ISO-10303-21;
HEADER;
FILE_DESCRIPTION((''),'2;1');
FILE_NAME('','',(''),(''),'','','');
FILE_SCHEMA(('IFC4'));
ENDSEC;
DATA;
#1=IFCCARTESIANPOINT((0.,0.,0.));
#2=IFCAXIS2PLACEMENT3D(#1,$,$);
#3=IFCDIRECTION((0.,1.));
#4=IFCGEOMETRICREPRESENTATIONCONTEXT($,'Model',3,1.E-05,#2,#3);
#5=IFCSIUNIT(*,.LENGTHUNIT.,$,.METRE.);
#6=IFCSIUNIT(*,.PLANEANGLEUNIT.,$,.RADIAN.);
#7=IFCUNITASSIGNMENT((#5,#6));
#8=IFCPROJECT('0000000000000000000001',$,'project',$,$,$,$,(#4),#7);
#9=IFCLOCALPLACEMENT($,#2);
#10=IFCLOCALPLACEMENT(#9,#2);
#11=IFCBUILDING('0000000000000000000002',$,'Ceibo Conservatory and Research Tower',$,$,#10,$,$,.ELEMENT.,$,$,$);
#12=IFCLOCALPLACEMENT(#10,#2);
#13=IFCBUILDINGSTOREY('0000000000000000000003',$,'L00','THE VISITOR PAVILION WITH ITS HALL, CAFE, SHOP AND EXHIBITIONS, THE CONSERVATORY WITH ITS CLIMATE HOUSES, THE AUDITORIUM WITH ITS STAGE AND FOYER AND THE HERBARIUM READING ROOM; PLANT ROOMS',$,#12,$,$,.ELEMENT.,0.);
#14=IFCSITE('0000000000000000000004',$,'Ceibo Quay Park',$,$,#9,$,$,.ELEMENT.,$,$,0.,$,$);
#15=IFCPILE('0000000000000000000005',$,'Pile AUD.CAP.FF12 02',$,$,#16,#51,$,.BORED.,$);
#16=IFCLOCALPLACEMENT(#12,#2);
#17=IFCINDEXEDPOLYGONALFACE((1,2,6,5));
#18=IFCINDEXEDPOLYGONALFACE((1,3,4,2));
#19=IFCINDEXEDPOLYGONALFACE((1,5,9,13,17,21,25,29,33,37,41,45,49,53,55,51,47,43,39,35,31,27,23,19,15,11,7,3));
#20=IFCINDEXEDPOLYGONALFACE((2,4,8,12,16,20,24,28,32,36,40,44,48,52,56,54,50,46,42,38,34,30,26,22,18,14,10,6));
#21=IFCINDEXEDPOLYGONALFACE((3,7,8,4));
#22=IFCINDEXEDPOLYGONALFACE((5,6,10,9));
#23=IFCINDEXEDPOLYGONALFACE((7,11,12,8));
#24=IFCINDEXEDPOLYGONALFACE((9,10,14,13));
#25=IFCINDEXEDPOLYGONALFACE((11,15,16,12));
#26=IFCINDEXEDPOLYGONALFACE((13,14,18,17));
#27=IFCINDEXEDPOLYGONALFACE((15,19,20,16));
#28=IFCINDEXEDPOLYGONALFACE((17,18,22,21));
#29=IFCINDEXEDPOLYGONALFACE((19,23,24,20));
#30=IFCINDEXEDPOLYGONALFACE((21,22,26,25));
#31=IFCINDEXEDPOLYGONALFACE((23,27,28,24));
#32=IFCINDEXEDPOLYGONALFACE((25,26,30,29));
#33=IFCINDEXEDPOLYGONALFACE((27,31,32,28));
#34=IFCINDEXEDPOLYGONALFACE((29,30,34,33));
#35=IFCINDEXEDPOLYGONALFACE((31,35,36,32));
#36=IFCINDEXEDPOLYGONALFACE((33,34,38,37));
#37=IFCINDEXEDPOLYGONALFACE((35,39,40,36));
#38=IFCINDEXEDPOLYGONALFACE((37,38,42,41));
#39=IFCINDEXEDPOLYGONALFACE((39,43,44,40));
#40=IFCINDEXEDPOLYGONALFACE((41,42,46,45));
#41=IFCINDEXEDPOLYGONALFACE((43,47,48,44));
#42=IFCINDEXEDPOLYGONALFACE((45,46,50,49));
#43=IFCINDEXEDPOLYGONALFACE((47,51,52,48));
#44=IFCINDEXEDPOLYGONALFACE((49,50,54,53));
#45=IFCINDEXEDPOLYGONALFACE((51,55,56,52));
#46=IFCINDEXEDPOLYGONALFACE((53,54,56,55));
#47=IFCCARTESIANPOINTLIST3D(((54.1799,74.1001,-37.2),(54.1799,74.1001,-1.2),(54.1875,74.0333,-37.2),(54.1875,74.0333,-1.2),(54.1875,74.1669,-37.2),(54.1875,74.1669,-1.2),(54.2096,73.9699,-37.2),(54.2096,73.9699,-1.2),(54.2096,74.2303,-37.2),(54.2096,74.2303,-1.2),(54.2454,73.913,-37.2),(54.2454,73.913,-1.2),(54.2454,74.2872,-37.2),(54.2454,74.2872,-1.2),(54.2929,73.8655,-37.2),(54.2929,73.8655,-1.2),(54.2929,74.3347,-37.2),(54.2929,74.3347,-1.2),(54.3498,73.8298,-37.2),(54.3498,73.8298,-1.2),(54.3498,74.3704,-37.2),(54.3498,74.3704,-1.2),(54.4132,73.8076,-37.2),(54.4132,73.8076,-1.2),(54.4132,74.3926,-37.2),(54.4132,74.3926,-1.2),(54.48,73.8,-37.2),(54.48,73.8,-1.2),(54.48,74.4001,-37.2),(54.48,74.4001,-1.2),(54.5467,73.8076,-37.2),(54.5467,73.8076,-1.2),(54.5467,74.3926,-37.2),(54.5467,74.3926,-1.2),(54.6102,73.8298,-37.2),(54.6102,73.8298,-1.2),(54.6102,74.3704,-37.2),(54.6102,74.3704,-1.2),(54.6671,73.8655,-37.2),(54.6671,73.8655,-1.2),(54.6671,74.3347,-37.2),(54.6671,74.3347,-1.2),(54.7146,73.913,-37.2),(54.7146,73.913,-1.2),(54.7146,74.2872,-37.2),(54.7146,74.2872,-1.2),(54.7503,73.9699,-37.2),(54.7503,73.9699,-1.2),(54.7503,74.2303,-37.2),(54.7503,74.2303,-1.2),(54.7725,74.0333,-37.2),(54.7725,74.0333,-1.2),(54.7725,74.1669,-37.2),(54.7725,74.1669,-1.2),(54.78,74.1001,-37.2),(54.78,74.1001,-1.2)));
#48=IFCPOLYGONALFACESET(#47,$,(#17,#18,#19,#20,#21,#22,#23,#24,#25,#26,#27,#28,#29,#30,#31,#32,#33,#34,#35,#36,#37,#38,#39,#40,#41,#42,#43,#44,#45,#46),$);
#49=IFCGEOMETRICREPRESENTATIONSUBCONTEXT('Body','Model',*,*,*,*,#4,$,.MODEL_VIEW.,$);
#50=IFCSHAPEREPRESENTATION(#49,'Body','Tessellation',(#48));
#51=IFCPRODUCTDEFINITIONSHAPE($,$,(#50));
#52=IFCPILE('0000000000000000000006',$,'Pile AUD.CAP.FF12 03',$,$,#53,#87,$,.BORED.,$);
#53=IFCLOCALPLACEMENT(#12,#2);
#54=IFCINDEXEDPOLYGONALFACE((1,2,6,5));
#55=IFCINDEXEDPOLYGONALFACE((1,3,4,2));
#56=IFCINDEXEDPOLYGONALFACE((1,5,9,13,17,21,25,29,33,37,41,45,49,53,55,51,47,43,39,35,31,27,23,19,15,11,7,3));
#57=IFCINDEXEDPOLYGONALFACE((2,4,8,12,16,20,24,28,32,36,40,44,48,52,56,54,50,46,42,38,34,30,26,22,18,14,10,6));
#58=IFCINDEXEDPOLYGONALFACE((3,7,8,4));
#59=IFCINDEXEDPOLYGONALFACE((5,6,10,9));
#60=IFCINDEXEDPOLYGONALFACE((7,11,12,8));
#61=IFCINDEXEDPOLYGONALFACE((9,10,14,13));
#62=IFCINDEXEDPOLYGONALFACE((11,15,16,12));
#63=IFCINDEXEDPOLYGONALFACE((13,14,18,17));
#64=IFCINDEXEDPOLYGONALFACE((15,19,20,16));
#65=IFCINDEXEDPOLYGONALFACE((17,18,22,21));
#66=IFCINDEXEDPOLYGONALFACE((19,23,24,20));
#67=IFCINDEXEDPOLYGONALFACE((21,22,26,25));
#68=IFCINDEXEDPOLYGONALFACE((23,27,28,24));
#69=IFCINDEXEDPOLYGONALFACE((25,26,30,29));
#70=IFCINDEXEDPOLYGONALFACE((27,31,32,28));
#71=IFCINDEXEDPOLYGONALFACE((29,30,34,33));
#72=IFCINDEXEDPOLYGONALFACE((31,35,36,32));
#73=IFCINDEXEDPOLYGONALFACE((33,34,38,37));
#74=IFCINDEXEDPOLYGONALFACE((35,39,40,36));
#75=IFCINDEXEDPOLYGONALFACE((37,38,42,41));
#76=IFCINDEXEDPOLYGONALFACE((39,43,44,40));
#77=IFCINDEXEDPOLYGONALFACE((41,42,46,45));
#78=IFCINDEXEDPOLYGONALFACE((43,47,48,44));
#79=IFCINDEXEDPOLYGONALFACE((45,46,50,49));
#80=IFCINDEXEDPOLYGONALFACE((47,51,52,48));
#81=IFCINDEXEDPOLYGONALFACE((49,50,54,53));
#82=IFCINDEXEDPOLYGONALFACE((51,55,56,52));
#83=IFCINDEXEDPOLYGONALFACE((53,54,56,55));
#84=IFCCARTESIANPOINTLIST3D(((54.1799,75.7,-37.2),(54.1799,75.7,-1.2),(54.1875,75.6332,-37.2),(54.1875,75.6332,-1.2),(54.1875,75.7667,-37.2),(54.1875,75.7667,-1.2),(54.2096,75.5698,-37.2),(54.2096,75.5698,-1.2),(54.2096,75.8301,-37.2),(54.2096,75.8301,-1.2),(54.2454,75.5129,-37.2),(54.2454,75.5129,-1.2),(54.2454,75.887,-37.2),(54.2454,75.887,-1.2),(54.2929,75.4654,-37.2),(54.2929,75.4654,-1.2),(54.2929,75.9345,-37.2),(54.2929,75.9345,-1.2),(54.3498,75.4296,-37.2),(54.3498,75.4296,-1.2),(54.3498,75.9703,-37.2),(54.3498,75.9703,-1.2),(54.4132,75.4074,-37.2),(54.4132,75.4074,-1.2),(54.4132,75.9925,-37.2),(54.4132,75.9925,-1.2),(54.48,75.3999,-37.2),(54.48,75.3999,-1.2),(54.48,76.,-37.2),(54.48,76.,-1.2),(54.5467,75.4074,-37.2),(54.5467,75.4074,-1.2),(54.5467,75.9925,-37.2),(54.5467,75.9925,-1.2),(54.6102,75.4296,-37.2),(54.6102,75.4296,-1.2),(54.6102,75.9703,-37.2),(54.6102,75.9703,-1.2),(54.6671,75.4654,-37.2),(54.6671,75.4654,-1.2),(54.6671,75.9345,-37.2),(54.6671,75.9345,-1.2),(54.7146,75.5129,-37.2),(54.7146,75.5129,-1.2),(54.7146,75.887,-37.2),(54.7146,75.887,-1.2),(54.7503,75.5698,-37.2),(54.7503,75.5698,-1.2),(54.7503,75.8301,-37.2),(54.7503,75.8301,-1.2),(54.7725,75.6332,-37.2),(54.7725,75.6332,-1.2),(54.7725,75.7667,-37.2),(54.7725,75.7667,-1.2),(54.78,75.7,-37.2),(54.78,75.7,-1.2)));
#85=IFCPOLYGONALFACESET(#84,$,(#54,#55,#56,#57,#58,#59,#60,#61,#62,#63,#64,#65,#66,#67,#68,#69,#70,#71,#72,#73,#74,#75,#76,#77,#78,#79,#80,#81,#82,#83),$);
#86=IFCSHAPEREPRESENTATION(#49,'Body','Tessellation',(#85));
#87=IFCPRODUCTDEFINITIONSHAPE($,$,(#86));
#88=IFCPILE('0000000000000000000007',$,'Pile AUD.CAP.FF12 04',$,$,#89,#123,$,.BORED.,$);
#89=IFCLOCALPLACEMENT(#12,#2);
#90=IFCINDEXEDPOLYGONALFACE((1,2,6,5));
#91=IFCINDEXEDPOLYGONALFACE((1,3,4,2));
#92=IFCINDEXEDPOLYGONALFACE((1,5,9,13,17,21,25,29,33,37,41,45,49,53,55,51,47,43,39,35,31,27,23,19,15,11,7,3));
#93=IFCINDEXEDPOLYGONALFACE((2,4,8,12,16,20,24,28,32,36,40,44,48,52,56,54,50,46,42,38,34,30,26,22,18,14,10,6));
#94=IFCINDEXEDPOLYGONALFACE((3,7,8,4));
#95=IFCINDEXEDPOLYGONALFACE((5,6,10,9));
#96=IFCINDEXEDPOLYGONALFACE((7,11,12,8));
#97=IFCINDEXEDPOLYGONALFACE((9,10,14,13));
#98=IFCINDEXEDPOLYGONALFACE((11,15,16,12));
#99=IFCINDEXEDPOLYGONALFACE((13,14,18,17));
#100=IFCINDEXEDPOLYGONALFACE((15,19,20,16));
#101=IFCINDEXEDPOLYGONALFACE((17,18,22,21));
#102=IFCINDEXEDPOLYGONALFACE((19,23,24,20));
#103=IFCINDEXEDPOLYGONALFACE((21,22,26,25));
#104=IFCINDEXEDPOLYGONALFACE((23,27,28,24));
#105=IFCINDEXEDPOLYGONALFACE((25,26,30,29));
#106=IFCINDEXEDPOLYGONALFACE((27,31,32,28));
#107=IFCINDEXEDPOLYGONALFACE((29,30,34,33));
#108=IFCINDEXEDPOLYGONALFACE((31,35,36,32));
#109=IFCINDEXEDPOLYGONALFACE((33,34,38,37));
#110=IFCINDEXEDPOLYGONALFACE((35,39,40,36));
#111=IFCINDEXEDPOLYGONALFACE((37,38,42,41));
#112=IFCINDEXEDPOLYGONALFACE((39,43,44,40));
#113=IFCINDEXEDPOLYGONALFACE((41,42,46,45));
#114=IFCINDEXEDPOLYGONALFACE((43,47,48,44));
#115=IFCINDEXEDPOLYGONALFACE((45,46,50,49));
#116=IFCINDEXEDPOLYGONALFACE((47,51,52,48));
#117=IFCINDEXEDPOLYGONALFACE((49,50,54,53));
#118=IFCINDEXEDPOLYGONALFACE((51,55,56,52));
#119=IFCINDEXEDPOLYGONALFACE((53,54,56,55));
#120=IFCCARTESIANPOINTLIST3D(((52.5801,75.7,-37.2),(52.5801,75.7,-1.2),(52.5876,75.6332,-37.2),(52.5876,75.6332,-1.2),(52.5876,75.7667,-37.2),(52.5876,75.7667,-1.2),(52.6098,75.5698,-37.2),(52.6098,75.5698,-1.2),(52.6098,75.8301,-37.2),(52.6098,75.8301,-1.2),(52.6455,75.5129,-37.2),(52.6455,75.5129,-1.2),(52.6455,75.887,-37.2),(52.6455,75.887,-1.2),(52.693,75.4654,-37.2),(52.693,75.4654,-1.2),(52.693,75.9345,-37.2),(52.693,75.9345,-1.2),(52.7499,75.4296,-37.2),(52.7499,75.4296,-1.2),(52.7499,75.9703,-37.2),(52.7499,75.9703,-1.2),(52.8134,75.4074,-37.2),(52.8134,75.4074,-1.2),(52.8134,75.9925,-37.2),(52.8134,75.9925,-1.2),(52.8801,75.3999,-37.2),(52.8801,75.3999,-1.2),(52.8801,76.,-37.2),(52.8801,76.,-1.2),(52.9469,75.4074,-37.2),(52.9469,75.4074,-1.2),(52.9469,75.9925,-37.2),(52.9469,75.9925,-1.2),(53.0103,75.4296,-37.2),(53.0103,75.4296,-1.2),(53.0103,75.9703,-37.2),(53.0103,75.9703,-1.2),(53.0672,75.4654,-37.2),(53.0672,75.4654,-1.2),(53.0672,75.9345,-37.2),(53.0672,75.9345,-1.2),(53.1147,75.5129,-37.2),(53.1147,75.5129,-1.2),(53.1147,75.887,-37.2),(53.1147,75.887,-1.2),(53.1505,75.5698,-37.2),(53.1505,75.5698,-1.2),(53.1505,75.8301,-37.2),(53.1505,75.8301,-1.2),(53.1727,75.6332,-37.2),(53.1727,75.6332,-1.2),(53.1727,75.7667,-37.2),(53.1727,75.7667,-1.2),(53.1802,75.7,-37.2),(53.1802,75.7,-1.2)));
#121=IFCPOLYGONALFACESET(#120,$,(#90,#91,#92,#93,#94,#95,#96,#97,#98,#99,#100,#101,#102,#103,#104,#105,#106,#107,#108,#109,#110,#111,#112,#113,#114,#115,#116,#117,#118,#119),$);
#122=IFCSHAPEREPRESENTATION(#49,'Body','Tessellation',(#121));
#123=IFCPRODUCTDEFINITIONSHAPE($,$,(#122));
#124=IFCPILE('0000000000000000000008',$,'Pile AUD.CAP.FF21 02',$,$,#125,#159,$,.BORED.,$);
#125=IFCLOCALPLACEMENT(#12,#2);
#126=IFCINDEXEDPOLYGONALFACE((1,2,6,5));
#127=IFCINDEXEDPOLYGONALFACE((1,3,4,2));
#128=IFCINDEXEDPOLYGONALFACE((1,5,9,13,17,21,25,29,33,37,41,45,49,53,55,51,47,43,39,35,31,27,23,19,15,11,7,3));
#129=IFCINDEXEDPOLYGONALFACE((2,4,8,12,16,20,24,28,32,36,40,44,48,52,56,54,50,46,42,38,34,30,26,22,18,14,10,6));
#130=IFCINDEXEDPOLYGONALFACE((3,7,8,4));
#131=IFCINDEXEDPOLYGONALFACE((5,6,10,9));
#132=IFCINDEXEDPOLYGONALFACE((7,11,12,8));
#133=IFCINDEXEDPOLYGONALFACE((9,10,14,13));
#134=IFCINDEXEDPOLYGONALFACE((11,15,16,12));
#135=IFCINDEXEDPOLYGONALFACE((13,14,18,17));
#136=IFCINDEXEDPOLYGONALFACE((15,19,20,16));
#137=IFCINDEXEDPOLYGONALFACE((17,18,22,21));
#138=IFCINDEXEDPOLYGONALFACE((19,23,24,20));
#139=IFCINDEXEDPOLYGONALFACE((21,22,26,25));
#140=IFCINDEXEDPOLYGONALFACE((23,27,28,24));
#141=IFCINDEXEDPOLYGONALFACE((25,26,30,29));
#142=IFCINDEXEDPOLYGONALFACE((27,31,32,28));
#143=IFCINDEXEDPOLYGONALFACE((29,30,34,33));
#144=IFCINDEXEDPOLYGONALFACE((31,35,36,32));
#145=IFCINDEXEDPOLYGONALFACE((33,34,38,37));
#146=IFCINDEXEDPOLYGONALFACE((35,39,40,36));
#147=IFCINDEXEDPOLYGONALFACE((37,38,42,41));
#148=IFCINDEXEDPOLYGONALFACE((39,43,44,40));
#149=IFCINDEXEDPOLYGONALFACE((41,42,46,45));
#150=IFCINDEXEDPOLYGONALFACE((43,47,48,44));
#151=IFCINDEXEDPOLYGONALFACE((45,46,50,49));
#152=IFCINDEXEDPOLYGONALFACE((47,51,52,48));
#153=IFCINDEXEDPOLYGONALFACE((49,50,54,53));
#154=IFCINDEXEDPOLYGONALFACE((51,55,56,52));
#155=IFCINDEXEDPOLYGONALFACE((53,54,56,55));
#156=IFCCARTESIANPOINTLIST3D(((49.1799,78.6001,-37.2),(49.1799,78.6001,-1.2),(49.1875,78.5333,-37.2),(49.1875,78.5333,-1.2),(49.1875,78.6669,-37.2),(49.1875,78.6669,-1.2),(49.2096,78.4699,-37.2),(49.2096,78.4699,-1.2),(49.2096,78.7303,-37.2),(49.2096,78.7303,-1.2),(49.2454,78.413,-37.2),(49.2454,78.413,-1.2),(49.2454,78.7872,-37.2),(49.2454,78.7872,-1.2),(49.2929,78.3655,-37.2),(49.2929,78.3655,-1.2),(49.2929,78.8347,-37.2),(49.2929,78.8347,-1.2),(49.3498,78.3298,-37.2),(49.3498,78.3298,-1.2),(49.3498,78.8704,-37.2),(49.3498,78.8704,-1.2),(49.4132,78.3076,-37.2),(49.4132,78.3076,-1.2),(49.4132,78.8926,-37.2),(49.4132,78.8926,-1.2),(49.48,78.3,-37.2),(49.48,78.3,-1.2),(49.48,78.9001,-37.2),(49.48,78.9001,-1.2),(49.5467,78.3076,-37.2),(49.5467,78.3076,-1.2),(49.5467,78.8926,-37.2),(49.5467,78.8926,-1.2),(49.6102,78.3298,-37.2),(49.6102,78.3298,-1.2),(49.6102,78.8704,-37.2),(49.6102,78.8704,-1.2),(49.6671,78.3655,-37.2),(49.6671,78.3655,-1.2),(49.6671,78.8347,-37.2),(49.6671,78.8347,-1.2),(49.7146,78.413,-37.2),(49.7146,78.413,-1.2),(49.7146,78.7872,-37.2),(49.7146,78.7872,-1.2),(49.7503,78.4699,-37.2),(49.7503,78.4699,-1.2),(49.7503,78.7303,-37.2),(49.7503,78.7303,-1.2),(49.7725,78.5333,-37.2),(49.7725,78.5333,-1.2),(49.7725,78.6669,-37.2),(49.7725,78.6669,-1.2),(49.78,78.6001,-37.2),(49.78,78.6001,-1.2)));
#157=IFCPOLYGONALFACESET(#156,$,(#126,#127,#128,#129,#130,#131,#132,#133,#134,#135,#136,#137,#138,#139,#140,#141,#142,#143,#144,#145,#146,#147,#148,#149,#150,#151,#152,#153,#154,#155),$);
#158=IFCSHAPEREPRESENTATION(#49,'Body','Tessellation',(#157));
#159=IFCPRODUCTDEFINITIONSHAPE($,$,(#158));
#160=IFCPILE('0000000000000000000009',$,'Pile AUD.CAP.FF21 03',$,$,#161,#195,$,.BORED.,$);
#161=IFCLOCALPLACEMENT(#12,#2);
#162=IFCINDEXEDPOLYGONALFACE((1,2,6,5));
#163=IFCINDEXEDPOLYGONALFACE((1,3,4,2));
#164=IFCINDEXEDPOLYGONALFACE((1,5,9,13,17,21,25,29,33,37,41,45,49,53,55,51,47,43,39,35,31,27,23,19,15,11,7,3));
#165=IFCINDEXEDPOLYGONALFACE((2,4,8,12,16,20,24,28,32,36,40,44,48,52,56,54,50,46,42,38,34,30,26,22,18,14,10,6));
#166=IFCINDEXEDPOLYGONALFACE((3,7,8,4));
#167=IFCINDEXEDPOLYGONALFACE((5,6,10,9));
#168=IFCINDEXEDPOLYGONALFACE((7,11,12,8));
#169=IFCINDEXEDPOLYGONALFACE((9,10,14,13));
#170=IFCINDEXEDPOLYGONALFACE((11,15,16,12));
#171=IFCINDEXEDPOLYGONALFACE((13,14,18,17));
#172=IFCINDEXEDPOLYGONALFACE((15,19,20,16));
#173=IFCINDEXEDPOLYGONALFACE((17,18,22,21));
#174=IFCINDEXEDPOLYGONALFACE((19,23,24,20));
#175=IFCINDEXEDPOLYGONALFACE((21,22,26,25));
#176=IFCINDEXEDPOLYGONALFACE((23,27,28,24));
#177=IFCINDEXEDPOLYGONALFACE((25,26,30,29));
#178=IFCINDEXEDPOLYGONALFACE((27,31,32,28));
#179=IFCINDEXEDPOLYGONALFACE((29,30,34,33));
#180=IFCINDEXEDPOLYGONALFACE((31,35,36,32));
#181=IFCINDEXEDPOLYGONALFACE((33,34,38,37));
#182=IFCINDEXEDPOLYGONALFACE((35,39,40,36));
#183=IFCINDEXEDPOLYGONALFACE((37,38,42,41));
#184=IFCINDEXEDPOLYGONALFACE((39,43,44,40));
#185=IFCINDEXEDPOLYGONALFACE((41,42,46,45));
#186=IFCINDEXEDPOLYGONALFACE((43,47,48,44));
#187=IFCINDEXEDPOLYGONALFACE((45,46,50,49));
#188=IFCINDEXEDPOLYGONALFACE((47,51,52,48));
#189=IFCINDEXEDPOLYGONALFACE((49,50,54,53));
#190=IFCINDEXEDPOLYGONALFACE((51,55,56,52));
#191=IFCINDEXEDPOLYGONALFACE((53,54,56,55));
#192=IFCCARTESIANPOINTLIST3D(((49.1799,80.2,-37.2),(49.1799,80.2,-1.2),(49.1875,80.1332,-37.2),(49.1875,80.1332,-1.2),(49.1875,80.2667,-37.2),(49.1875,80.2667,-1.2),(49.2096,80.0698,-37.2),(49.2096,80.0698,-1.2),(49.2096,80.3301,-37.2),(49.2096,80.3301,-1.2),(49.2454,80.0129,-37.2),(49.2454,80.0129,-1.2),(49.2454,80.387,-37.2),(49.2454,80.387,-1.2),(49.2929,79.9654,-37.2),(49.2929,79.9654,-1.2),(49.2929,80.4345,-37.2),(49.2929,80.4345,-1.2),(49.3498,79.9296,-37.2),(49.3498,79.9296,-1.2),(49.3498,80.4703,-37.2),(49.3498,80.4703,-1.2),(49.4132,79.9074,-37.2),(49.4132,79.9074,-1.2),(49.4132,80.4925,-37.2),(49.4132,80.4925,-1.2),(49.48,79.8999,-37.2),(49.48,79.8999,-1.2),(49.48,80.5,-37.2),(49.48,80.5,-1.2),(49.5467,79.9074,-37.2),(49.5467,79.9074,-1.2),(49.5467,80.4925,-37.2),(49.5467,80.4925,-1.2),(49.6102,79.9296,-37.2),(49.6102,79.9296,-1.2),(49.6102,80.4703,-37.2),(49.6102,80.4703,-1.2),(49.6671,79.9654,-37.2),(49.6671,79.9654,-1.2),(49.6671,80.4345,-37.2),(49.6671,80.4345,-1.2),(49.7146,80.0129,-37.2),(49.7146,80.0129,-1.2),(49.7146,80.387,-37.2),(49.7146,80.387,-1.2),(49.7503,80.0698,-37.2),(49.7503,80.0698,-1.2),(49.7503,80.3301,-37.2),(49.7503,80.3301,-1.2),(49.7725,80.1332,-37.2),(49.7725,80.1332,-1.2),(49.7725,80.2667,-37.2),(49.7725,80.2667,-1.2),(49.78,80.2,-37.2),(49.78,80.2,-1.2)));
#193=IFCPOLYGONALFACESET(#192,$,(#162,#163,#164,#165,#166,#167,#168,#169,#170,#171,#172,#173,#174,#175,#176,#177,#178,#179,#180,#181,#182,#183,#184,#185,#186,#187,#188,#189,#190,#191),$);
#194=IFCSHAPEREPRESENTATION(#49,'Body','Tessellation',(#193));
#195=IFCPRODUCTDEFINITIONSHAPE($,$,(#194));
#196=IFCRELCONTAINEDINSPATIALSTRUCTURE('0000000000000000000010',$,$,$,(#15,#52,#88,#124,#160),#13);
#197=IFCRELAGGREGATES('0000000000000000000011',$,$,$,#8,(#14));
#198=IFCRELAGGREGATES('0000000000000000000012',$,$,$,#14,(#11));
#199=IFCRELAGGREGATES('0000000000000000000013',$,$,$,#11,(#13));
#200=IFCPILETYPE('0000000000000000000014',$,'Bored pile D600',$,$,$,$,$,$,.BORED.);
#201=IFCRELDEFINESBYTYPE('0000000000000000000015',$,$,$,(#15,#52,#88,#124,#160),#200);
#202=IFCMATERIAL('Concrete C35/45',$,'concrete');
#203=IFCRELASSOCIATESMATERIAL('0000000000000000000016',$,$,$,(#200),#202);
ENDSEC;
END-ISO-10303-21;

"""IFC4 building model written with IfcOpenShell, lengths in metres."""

from ifc_helpers import new_model, si_unit, direction, frame, origin, origin_2d, place, context, subcontext, project, spatial, circle, extrude, material, material_profile, profile_set, type_object, element, save


model = new_model("IFC4")

# Units and contexts
model_context = context("Model", 3, precision=1e-05, world=origin(), true_north=direction((0.0, 1.0)))
body_context = subcontext(model_context, "Body", "Model", "MODEL_VIEW")
ifc_project = project(units=[si_unit("LENGTHUNIT", "METRE"), si_unit("PLANEANGLEUNIT", "RADIAN")], contexts=[model_context])

# Site, building, storey
site_placement = place(None, origin())
site = spatial("IfcSite", under=ifc_project, at=site_placement, Name="Ceibo Quay Park", CompositionType="ELEMENT", RefElevation=0.0)
building_placement = place(site_placement, origin())
building = spatial("IfcBuilding", under=site, at=building_placement, Name="Ceibo Conservatory and Research Tower", CompositionType="ELEMENT")
storey_placement = place(building_placement, origin())
storey = spatial("IfcBuildingStorey", under=building, at=storey_placement, Name="L00", Description="THE VISITOR PAVILION WITH ITS HALL, CAFE, SHOP AND EXHIBITIONS, THE CONSERVATORY WITH ITS CLIMATE HOUSES, THE AUDITORIUM WITH ITS STAGE AND FOYER AND THE HERBARIUM READING ROOM; PLANT ROOMS", CompositionType="ELEMENT", Elevation=0.0)

# Piles
ifc_material_1 = material(Name="Concrete C35/45", Category="concrete")
ifc_material_profile_1 = material_profile(ifc_material_1, circle(Radius=0.3, at=origin_2d()), Name="RC D600")
ifc_profile_set_1 = profile_set([ifc_material_profile_1], Name="Concrete C35/45")
pile_type = type_object("IfcPileType", Name="Bored pile D600", PredefinedType="BORED", material=ifc_profile_set_1)
for number, where, z_axis, x_axis, name in (
    (1, (54.48, 74.1001, -1.2), (0.0, 0.0, -1.0), (1.0, 0.0, 0.0), "Pile AUD.CAP.FF12 02"),
    (2, (54.48, 75.7, -1.2), (0.0, 0.0, -1.0), (1.0, 0.0, 0.0), "Pile AUD.CAP.FF12 03"),
    (3, (52.8801, 75.7, -1.2), (0.0, 0.0, -1.0), (1.0, 0.0, 0.0), "Pile AUD.CAP.FF12 04"),
    (4, (49.48, 78.6001, -1.2), (0.0, 0.0, -1.0), (1.0, 0.0, 0.0), "Pile AUD.CAP.FF21 02"),
    (5, (49.48, 80.2, -1.2), (0.0, 0.0, -1.0), (1.0, 0.0, 0.0), "Pile AUD.CAP.FF21 03"),
):
    element("IfcPile", number, at=place(storey_placement, frame(where, z_axis=z_axis, x_axis=x_axis)), inside=storey, type_object=pile_type, Name=name, PredefinedType="BORED", context=body_context, shape_type="SweptSolid", body=[
        extrude(circle(Radius=0.3, at=origin_2d()), origin(), (0.0, 0.0, 1.0), 36.0),
    ])

save(model, "model.ifc")
